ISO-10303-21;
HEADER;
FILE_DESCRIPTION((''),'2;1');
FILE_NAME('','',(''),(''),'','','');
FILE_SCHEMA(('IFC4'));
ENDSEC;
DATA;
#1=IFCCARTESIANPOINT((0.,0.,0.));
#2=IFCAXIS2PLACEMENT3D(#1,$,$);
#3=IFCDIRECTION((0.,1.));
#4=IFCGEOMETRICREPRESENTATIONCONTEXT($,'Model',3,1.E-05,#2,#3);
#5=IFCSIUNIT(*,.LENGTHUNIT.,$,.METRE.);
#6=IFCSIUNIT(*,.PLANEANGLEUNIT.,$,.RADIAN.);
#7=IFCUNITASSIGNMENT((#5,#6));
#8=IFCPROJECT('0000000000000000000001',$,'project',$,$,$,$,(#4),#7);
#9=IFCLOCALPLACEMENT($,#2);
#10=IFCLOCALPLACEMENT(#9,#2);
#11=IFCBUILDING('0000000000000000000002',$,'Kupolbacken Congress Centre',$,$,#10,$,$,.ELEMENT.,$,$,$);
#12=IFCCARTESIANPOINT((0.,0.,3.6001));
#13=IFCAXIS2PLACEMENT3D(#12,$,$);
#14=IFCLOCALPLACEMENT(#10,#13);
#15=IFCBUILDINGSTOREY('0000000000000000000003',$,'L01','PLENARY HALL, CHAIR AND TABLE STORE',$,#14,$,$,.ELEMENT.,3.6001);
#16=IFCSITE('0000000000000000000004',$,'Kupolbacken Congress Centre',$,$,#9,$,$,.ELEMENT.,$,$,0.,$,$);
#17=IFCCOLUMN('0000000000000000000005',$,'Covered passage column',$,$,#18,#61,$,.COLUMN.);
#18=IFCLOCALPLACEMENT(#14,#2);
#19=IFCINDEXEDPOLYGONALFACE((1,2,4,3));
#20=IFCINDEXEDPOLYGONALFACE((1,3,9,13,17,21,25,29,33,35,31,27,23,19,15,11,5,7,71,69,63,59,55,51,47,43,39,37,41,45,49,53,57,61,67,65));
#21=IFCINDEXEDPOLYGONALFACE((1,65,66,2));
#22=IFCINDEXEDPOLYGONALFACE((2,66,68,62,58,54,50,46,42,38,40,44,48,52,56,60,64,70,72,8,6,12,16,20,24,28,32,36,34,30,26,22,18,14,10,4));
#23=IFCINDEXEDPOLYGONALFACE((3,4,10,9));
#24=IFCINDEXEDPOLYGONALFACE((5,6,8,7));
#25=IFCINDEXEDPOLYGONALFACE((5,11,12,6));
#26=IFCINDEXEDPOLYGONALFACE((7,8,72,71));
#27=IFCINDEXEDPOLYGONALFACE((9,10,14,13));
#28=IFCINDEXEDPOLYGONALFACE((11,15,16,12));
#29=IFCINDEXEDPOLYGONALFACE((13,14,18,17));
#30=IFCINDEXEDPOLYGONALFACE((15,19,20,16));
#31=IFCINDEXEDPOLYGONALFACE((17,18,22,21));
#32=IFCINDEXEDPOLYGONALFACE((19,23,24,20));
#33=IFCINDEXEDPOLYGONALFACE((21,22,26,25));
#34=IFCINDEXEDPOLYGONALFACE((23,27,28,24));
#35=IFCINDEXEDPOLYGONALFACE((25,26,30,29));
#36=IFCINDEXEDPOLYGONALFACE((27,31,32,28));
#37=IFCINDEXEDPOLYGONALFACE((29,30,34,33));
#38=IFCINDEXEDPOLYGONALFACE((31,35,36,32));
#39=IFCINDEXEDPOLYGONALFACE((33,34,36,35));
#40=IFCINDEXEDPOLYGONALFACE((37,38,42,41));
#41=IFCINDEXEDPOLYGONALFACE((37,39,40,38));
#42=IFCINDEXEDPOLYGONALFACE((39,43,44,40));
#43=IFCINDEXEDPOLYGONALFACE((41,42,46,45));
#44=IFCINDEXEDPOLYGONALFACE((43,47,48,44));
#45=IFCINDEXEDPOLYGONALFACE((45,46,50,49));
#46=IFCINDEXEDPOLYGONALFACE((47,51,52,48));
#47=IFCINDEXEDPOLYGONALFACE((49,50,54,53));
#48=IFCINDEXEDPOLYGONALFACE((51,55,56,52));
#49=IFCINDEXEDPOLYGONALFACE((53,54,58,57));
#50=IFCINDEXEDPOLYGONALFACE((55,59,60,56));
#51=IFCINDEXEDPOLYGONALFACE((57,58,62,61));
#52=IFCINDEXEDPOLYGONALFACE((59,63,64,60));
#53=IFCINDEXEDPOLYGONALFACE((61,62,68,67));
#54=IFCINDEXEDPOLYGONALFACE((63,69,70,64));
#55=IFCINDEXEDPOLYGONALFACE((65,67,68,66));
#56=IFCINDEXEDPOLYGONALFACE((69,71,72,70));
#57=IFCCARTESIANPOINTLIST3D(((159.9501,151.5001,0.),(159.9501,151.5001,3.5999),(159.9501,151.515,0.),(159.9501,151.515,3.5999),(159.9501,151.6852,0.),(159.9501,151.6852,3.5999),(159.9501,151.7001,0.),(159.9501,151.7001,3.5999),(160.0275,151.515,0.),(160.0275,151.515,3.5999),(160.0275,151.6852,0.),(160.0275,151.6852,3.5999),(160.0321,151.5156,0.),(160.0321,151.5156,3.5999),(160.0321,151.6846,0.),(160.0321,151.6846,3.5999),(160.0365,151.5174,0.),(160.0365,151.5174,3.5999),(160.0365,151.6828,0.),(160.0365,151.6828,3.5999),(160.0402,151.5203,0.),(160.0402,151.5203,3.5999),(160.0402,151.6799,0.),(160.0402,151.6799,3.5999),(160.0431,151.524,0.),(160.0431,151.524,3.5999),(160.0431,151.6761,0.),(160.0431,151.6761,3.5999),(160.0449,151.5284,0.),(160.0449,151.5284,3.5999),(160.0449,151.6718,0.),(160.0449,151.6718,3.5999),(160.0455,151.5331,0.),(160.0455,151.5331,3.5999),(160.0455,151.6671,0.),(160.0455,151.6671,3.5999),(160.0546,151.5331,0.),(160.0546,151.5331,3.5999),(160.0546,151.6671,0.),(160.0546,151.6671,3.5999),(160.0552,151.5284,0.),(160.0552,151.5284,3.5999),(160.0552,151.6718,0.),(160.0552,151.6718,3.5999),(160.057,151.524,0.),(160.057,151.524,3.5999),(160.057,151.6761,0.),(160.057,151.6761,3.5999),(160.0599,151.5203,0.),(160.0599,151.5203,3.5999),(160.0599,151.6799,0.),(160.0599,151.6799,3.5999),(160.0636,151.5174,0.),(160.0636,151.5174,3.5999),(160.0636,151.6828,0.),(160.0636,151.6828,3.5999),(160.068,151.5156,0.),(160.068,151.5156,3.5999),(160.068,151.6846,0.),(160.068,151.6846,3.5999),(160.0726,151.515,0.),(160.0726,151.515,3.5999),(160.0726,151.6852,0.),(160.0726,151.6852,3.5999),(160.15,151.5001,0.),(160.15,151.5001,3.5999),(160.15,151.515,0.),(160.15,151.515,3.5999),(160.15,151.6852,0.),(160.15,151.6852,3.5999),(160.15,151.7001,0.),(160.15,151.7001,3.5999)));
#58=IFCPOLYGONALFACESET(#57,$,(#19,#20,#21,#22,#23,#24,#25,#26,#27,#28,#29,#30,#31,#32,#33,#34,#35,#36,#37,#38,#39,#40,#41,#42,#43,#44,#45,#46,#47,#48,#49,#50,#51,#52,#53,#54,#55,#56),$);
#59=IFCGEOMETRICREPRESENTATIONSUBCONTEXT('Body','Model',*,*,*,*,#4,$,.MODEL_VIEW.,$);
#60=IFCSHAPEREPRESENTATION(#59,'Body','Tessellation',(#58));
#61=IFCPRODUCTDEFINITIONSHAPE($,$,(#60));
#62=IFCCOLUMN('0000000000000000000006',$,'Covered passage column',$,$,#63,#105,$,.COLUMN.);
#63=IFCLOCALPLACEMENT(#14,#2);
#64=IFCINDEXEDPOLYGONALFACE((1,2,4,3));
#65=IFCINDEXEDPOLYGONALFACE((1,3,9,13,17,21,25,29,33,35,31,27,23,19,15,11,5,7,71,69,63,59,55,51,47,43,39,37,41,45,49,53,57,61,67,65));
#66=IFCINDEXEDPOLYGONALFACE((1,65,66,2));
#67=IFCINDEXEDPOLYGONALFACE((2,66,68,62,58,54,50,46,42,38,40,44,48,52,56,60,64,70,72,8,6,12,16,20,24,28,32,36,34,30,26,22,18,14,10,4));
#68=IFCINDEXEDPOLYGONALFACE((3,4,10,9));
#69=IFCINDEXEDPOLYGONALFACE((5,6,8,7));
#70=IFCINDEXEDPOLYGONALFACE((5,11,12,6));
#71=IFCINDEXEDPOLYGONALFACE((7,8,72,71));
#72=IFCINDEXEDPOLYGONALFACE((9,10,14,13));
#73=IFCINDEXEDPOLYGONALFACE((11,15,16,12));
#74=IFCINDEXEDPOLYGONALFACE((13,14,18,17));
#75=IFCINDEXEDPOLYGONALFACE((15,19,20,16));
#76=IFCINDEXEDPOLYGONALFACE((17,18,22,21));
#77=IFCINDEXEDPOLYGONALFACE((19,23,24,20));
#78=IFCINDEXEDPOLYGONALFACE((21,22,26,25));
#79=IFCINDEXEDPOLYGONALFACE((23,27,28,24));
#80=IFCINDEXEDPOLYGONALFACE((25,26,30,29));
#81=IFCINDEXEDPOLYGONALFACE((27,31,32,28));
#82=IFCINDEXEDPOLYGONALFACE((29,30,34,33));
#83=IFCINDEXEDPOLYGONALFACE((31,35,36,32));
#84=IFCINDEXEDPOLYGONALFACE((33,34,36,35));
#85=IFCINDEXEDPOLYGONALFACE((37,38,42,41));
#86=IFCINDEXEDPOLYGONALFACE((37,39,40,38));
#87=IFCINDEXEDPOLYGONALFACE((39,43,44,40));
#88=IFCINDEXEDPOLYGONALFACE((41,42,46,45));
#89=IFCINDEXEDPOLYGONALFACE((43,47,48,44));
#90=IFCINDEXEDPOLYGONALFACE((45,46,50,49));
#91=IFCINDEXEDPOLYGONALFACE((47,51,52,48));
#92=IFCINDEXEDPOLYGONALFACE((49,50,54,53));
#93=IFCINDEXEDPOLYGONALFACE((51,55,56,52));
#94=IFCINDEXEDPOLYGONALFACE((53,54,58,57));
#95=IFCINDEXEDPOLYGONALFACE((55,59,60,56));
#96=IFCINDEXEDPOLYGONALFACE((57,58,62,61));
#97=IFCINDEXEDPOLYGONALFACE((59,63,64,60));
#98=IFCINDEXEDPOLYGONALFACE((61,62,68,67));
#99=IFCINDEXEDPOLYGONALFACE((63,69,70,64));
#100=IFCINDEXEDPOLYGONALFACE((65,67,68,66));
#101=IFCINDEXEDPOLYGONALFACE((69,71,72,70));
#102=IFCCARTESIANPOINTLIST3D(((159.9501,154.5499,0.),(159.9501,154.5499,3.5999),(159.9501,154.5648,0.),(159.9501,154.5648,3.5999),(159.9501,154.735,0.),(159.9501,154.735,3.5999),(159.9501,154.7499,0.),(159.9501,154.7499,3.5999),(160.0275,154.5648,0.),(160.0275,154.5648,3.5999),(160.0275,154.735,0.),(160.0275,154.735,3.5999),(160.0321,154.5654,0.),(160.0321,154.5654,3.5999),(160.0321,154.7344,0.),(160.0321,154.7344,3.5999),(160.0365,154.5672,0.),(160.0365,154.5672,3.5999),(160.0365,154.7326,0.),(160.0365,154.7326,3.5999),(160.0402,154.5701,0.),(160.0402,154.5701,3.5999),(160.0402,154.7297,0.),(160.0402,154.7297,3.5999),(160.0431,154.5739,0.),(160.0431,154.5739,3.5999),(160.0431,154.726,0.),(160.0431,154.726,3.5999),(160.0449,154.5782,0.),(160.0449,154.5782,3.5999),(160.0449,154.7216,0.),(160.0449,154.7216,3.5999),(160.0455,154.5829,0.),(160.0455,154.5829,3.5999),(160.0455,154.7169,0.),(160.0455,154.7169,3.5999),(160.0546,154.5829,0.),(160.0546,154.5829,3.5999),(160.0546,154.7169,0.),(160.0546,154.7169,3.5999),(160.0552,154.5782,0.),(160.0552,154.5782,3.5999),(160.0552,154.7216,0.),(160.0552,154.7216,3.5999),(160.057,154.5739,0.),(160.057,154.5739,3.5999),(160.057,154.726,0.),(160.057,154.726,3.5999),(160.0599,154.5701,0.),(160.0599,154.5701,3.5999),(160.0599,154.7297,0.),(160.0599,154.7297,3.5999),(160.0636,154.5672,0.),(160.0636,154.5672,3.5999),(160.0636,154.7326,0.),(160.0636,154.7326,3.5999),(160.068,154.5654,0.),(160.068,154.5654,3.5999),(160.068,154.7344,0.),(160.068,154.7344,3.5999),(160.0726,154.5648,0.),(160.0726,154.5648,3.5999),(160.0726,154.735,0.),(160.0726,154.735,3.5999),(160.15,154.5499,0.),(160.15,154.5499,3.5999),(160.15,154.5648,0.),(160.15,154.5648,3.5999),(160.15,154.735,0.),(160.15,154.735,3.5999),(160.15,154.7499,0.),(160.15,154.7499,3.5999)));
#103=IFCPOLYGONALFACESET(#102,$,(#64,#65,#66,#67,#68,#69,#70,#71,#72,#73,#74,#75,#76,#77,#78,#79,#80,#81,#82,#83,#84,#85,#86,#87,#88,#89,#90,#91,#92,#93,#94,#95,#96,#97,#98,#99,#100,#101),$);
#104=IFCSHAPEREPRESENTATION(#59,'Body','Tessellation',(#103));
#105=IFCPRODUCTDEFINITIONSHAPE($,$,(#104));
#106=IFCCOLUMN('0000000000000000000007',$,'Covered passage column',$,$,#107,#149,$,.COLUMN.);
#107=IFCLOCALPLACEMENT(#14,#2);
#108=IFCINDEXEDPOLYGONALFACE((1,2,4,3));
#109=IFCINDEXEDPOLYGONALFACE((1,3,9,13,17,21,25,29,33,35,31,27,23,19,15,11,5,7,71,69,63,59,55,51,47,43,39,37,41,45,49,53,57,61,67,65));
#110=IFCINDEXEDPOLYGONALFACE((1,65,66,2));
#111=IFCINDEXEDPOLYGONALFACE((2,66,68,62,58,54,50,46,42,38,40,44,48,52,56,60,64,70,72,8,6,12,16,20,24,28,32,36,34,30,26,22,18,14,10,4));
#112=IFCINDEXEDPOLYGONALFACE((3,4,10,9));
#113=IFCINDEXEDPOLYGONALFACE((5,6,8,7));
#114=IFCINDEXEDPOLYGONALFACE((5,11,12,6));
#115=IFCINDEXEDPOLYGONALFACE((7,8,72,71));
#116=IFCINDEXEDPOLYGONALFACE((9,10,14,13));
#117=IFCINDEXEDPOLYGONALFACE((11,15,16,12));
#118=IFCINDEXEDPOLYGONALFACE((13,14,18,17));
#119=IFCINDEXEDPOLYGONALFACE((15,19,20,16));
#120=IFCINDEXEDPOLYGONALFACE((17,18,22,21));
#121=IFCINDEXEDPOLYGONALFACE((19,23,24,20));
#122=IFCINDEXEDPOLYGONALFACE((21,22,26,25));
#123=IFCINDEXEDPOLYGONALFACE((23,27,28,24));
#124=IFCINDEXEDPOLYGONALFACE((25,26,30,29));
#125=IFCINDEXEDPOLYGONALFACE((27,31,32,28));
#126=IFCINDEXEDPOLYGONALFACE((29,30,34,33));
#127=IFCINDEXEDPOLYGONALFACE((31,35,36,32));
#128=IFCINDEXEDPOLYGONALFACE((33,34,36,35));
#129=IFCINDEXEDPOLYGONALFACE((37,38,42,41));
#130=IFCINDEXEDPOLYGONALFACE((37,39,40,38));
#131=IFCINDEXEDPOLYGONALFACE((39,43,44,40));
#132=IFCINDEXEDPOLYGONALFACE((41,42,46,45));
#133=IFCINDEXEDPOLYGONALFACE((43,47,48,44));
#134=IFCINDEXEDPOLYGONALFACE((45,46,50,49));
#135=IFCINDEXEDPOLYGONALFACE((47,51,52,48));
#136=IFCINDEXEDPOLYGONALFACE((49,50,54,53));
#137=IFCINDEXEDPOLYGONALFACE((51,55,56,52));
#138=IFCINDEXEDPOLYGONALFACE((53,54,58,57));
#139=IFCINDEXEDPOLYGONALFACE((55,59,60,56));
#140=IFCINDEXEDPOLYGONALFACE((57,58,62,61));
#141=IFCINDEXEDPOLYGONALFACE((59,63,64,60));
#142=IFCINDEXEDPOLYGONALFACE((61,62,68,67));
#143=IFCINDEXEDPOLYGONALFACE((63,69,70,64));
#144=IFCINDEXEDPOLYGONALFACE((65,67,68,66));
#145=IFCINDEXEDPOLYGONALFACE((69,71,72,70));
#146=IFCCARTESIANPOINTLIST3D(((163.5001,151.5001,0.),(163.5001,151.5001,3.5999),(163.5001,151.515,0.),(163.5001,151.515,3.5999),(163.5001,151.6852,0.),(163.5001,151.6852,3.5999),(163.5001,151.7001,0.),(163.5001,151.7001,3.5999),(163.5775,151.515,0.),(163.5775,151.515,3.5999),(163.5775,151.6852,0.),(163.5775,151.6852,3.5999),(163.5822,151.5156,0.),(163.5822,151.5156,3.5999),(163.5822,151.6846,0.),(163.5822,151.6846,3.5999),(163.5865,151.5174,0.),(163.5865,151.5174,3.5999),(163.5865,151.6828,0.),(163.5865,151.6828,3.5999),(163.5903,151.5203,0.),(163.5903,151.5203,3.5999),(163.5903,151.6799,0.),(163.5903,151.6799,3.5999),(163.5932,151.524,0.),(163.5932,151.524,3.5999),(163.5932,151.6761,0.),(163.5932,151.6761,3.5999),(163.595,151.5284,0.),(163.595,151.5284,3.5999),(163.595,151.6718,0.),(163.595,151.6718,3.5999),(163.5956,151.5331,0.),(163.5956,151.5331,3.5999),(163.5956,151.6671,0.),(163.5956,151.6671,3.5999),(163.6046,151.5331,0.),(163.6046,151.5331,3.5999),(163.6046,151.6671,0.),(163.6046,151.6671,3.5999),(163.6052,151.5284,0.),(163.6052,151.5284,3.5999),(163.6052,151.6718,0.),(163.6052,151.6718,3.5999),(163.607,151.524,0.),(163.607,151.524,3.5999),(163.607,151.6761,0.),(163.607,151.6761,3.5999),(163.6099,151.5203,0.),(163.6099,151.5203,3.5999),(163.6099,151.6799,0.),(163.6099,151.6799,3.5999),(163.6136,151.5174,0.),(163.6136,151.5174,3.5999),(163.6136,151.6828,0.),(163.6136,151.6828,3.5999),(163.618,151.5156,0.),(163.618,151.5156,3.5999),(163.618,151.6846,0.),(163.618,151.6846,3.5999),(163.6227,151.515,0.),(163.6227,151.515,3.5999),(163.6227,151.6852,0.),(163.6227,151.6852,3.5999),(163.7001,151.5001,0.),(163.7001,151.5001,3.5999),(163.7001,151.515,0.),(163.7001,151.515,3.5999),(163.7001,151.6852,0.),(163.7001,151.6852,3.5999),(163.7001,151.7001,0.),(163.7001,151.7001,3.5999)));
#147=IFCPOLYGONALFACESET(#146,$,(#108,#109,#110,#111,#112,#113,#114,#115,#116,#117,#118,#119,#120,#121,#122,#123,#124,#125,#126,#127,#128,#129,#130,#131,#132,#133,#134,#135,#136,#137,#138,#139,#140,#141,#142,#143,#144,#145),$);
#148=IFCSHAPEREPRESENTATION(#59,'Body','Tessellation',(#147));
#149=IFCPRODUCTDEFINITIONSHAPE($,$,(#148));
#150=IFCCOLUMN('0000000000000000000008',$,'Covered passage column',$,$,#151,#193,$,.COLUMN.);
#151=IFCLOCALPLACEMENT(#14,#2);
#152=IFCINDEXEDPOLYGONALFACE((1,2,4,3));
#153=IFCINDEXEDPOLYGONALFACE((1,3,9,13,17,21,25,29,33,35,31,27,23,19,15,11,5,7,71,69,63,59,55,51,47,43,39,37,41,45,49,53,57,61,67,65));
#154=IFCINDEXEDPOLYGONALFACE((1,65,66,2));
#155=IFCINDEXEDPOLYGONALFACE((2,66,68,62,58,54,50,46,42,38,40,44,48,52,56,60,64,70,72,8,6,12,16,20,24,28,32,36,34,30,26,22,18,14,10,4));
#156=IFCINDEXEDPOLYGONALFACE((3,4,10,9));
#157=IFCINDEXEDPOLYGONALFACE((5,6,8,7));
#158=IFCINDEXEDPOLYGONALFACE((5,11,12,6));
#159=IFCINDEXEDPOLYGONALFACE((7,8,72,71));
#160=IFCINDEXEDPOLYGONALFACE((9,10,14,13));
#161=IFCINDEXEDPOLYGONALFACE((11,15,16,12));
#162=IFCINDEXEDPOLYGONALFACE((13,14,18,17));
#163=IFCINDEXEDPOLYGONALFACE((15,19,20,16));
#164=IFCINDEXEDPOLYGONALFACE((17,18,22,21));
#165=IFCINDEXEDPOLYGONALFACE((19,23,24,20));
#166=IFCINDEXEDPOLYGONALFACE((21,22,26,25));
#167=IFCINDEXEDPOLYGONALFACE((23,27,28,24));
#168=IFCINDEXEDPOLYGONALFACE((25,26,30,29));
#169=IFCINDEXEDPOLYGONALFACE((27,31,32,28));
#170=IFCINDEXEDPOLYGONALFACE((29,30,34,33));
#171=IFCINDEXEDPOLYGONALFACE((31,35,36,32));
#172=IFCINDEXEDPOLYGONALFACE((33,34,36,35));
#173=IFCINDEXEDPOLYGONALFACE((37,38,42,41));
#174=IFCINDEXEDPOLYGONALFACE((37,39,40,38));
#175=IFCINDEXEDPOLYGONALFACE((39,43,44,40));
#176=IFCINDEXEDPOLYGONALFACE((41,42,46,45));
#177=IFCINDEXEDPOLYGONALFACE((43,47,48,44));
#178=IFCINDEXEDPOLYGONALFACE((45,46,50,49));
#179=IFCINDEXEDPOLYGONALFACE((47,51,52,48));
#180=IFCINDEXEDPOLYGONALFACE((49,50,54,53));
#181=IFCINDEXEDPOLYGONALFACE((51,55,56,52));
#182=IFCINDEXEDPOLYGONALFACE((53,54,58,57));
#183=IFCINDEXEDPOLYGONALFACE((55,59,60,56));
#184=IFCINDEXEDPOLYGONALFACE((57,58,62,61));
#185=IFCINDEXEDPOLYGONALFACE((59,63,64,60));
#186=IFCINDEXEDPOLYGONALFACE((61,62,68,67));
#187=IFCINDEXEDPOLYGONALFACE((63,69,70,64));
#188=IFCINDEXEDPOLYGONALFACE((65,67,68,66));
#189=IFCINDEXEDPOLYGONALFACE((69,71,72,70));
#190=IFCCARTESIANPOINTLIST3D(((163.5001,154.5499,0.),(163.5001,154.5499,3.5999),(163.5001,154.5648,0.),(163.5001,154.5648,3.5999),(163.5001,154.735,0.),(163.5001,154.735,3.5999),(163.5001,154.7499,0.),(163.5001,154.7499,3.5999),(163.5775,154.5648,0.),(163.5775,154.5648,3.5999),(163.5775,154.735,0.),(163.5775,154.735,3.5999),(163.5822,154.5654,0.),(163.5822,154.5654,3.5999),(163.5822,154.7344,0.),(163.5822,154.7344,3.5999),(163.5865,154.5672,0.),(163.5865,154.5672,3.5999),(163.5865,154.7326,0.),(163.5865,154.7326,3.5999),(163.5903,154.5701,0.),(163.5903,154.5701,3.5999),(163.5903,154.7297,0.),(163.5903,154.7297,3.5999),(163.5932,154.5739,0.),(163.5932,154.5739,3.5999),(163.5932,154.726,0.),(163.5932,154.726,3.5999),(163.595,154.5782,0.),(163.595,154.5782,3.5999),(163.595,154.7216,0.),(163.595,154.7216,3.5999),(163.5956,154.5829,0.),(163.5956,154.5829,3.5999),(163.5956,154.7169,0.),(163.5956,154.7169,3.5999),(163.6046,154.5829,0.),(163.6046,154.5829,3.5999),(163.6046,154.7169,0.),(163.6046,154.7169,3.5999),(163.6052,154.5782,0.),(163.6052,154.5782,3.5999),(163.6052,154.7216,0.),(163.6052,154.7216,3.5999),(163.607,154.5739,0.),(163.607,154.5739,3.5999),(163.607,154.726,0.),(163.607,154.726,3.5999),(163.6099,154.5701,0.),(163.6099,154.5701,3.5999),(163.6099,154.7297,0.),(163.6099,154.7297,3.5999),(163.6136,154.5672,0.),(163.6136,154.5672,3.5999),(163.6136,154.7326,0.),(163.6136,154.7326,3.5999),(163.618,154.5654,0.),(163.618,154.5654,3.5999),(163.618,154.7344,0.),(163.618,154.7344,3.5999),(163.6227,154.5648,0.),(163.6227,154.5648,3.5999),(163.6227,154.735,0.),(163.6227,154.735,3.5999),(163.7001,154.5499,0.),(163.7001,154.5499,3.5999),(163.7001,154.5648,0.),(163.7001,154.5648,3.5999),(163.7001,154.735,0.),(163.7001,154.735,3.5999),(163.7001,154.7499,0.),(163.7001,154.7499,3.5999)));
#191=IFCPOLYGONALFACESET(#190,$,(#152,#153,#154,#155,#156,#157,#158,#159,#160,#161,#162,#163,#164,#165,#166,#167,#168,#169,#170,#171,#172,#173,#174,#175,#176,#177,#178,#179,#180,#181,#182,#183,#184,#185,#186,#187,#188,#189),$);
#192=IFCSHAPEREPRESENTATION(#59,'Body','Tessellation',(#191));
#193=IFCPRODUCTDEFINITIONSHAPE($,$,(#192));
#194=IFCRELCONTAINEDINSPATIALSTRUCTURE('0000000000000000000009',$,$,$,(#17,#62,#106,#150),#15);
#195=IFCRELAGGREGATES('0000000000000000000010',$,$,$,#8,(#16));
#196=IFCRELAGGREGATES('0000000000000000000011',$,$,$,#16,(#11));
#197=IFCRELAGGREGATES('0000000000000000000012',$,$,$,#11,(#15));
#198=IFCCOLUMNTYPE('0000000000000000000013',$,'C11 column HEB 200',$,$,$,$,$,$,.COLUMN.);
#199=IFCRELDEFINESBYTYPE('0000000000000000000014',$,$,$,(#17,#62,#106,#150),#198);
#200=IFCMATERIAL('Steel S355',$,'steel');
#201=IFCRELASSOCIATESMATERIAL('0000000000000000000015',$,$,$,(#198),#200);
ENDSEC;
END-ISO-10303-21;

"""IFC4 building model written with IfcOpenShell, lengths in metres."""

from ifc_helpers import new_model, si_unit, direction, frame, origin, origin_2d, place, context, subcontext, project, spatial, i_section, extrude, material, material_profile, profile_set, type_object, element, save


model = new_model("IFC4")

# Units and contexts
model_context = context("Model", 3, precision=1e-05, world=origin(), true_north=direction((0.0, 1.0)))
body_context = subcontext(model_context, "Body", "Model", "MODEL_VIEW")
ifc_project = project(units=[si_unit("LENGTHUNIT", "METRE"), si_unit("PLANEANGLEUNIT", "RADIAN")], contexts=[model_context])

# Site, building, storey
site_placement = place(None, origin())
site = spatial("IfcSite", under=ifc_project, at=site_placement, Name="Kupolbacken Congress Centre", CompositionType="ELEMENT", RefElevation=0.0)
building_placement = place(site_placement, origin())
building = spatial("IfcBuilding", under=site, at=building_placement, Name="Kupolbacken Congress Centre", CompositionType="ELEMENT")
storey_placement = place(building_placement, frame((0.0, 0.0, 3.6001)))
storey = spatial("IfcBuildingStorey", under=building, at=storey_placement, Name="L01", Description="PLENARY HALL, CHAIR AND TABLE STORE", CompositionType="ELEMENT", Elevation=3.6001)

# Columns
ifc_material_1 = material(Name="Steel S355", Category="steel")
ifc_material_profile_1 = material_profile(ifc_material_1, i_section(OverallWidth=0.2, OverallDepth=0.2, WebThickness=0.009, FlangeThickness=0.0149, FilletRadius=0.0181, at=origin_2d()), Name="HEB 200")
ifc_profile_set_1 = profile_set([ifc_material_profile_1], Name="Steel S355")
column_type_1 = type_object("IfcColumnType", Name="C11 column HEB 200", PredefinedType="COLUMN", material=ifc_profile_set_1)
for number, where, z_axis, x_axis, name in (
    (1, (160.05, 151.6001, 0.0), (0.0, 0.0, 1.0), (1.0, 0.0, 0.0), "Covered passage column"),
    (2, (160.05, 154.6499, 0.0), (0.0, 0.0, 1.0), (1.0, 0.0, 0.0), "Covered passage column"),
    (3, (163.6001, 151.6001, 0.0), (0.0, 0.0, 1.0), (1.0, 0.0, 0.0), "Covered passage column"),
    (4, (163.6001, 154.6499, 0.0), (0.0, 0.0, 1.0), (1.0, 0.0, 0.0), "Covered passage column"),
):
    element("IfcColumn", number, at=place(storey_placement, frame(where, z_axis=z_axis, x_axis=x_axis)), inside=storey, type_object=column_type_1, Name=name, PredefinedType="COLUMN", context=body_context, shape_type="SweptSolid", body=[
        extrude(i_section(OverallWidth=0.2, OverallDepth=0.2, WebThickness=0.009, FlangeThickness=0.0149, FilletRadius=0.0181, at=origin_2d()), origin(), (0.0, 0.0, 1.0), 3.5999),
    ])

save(model, "model.ifc")
